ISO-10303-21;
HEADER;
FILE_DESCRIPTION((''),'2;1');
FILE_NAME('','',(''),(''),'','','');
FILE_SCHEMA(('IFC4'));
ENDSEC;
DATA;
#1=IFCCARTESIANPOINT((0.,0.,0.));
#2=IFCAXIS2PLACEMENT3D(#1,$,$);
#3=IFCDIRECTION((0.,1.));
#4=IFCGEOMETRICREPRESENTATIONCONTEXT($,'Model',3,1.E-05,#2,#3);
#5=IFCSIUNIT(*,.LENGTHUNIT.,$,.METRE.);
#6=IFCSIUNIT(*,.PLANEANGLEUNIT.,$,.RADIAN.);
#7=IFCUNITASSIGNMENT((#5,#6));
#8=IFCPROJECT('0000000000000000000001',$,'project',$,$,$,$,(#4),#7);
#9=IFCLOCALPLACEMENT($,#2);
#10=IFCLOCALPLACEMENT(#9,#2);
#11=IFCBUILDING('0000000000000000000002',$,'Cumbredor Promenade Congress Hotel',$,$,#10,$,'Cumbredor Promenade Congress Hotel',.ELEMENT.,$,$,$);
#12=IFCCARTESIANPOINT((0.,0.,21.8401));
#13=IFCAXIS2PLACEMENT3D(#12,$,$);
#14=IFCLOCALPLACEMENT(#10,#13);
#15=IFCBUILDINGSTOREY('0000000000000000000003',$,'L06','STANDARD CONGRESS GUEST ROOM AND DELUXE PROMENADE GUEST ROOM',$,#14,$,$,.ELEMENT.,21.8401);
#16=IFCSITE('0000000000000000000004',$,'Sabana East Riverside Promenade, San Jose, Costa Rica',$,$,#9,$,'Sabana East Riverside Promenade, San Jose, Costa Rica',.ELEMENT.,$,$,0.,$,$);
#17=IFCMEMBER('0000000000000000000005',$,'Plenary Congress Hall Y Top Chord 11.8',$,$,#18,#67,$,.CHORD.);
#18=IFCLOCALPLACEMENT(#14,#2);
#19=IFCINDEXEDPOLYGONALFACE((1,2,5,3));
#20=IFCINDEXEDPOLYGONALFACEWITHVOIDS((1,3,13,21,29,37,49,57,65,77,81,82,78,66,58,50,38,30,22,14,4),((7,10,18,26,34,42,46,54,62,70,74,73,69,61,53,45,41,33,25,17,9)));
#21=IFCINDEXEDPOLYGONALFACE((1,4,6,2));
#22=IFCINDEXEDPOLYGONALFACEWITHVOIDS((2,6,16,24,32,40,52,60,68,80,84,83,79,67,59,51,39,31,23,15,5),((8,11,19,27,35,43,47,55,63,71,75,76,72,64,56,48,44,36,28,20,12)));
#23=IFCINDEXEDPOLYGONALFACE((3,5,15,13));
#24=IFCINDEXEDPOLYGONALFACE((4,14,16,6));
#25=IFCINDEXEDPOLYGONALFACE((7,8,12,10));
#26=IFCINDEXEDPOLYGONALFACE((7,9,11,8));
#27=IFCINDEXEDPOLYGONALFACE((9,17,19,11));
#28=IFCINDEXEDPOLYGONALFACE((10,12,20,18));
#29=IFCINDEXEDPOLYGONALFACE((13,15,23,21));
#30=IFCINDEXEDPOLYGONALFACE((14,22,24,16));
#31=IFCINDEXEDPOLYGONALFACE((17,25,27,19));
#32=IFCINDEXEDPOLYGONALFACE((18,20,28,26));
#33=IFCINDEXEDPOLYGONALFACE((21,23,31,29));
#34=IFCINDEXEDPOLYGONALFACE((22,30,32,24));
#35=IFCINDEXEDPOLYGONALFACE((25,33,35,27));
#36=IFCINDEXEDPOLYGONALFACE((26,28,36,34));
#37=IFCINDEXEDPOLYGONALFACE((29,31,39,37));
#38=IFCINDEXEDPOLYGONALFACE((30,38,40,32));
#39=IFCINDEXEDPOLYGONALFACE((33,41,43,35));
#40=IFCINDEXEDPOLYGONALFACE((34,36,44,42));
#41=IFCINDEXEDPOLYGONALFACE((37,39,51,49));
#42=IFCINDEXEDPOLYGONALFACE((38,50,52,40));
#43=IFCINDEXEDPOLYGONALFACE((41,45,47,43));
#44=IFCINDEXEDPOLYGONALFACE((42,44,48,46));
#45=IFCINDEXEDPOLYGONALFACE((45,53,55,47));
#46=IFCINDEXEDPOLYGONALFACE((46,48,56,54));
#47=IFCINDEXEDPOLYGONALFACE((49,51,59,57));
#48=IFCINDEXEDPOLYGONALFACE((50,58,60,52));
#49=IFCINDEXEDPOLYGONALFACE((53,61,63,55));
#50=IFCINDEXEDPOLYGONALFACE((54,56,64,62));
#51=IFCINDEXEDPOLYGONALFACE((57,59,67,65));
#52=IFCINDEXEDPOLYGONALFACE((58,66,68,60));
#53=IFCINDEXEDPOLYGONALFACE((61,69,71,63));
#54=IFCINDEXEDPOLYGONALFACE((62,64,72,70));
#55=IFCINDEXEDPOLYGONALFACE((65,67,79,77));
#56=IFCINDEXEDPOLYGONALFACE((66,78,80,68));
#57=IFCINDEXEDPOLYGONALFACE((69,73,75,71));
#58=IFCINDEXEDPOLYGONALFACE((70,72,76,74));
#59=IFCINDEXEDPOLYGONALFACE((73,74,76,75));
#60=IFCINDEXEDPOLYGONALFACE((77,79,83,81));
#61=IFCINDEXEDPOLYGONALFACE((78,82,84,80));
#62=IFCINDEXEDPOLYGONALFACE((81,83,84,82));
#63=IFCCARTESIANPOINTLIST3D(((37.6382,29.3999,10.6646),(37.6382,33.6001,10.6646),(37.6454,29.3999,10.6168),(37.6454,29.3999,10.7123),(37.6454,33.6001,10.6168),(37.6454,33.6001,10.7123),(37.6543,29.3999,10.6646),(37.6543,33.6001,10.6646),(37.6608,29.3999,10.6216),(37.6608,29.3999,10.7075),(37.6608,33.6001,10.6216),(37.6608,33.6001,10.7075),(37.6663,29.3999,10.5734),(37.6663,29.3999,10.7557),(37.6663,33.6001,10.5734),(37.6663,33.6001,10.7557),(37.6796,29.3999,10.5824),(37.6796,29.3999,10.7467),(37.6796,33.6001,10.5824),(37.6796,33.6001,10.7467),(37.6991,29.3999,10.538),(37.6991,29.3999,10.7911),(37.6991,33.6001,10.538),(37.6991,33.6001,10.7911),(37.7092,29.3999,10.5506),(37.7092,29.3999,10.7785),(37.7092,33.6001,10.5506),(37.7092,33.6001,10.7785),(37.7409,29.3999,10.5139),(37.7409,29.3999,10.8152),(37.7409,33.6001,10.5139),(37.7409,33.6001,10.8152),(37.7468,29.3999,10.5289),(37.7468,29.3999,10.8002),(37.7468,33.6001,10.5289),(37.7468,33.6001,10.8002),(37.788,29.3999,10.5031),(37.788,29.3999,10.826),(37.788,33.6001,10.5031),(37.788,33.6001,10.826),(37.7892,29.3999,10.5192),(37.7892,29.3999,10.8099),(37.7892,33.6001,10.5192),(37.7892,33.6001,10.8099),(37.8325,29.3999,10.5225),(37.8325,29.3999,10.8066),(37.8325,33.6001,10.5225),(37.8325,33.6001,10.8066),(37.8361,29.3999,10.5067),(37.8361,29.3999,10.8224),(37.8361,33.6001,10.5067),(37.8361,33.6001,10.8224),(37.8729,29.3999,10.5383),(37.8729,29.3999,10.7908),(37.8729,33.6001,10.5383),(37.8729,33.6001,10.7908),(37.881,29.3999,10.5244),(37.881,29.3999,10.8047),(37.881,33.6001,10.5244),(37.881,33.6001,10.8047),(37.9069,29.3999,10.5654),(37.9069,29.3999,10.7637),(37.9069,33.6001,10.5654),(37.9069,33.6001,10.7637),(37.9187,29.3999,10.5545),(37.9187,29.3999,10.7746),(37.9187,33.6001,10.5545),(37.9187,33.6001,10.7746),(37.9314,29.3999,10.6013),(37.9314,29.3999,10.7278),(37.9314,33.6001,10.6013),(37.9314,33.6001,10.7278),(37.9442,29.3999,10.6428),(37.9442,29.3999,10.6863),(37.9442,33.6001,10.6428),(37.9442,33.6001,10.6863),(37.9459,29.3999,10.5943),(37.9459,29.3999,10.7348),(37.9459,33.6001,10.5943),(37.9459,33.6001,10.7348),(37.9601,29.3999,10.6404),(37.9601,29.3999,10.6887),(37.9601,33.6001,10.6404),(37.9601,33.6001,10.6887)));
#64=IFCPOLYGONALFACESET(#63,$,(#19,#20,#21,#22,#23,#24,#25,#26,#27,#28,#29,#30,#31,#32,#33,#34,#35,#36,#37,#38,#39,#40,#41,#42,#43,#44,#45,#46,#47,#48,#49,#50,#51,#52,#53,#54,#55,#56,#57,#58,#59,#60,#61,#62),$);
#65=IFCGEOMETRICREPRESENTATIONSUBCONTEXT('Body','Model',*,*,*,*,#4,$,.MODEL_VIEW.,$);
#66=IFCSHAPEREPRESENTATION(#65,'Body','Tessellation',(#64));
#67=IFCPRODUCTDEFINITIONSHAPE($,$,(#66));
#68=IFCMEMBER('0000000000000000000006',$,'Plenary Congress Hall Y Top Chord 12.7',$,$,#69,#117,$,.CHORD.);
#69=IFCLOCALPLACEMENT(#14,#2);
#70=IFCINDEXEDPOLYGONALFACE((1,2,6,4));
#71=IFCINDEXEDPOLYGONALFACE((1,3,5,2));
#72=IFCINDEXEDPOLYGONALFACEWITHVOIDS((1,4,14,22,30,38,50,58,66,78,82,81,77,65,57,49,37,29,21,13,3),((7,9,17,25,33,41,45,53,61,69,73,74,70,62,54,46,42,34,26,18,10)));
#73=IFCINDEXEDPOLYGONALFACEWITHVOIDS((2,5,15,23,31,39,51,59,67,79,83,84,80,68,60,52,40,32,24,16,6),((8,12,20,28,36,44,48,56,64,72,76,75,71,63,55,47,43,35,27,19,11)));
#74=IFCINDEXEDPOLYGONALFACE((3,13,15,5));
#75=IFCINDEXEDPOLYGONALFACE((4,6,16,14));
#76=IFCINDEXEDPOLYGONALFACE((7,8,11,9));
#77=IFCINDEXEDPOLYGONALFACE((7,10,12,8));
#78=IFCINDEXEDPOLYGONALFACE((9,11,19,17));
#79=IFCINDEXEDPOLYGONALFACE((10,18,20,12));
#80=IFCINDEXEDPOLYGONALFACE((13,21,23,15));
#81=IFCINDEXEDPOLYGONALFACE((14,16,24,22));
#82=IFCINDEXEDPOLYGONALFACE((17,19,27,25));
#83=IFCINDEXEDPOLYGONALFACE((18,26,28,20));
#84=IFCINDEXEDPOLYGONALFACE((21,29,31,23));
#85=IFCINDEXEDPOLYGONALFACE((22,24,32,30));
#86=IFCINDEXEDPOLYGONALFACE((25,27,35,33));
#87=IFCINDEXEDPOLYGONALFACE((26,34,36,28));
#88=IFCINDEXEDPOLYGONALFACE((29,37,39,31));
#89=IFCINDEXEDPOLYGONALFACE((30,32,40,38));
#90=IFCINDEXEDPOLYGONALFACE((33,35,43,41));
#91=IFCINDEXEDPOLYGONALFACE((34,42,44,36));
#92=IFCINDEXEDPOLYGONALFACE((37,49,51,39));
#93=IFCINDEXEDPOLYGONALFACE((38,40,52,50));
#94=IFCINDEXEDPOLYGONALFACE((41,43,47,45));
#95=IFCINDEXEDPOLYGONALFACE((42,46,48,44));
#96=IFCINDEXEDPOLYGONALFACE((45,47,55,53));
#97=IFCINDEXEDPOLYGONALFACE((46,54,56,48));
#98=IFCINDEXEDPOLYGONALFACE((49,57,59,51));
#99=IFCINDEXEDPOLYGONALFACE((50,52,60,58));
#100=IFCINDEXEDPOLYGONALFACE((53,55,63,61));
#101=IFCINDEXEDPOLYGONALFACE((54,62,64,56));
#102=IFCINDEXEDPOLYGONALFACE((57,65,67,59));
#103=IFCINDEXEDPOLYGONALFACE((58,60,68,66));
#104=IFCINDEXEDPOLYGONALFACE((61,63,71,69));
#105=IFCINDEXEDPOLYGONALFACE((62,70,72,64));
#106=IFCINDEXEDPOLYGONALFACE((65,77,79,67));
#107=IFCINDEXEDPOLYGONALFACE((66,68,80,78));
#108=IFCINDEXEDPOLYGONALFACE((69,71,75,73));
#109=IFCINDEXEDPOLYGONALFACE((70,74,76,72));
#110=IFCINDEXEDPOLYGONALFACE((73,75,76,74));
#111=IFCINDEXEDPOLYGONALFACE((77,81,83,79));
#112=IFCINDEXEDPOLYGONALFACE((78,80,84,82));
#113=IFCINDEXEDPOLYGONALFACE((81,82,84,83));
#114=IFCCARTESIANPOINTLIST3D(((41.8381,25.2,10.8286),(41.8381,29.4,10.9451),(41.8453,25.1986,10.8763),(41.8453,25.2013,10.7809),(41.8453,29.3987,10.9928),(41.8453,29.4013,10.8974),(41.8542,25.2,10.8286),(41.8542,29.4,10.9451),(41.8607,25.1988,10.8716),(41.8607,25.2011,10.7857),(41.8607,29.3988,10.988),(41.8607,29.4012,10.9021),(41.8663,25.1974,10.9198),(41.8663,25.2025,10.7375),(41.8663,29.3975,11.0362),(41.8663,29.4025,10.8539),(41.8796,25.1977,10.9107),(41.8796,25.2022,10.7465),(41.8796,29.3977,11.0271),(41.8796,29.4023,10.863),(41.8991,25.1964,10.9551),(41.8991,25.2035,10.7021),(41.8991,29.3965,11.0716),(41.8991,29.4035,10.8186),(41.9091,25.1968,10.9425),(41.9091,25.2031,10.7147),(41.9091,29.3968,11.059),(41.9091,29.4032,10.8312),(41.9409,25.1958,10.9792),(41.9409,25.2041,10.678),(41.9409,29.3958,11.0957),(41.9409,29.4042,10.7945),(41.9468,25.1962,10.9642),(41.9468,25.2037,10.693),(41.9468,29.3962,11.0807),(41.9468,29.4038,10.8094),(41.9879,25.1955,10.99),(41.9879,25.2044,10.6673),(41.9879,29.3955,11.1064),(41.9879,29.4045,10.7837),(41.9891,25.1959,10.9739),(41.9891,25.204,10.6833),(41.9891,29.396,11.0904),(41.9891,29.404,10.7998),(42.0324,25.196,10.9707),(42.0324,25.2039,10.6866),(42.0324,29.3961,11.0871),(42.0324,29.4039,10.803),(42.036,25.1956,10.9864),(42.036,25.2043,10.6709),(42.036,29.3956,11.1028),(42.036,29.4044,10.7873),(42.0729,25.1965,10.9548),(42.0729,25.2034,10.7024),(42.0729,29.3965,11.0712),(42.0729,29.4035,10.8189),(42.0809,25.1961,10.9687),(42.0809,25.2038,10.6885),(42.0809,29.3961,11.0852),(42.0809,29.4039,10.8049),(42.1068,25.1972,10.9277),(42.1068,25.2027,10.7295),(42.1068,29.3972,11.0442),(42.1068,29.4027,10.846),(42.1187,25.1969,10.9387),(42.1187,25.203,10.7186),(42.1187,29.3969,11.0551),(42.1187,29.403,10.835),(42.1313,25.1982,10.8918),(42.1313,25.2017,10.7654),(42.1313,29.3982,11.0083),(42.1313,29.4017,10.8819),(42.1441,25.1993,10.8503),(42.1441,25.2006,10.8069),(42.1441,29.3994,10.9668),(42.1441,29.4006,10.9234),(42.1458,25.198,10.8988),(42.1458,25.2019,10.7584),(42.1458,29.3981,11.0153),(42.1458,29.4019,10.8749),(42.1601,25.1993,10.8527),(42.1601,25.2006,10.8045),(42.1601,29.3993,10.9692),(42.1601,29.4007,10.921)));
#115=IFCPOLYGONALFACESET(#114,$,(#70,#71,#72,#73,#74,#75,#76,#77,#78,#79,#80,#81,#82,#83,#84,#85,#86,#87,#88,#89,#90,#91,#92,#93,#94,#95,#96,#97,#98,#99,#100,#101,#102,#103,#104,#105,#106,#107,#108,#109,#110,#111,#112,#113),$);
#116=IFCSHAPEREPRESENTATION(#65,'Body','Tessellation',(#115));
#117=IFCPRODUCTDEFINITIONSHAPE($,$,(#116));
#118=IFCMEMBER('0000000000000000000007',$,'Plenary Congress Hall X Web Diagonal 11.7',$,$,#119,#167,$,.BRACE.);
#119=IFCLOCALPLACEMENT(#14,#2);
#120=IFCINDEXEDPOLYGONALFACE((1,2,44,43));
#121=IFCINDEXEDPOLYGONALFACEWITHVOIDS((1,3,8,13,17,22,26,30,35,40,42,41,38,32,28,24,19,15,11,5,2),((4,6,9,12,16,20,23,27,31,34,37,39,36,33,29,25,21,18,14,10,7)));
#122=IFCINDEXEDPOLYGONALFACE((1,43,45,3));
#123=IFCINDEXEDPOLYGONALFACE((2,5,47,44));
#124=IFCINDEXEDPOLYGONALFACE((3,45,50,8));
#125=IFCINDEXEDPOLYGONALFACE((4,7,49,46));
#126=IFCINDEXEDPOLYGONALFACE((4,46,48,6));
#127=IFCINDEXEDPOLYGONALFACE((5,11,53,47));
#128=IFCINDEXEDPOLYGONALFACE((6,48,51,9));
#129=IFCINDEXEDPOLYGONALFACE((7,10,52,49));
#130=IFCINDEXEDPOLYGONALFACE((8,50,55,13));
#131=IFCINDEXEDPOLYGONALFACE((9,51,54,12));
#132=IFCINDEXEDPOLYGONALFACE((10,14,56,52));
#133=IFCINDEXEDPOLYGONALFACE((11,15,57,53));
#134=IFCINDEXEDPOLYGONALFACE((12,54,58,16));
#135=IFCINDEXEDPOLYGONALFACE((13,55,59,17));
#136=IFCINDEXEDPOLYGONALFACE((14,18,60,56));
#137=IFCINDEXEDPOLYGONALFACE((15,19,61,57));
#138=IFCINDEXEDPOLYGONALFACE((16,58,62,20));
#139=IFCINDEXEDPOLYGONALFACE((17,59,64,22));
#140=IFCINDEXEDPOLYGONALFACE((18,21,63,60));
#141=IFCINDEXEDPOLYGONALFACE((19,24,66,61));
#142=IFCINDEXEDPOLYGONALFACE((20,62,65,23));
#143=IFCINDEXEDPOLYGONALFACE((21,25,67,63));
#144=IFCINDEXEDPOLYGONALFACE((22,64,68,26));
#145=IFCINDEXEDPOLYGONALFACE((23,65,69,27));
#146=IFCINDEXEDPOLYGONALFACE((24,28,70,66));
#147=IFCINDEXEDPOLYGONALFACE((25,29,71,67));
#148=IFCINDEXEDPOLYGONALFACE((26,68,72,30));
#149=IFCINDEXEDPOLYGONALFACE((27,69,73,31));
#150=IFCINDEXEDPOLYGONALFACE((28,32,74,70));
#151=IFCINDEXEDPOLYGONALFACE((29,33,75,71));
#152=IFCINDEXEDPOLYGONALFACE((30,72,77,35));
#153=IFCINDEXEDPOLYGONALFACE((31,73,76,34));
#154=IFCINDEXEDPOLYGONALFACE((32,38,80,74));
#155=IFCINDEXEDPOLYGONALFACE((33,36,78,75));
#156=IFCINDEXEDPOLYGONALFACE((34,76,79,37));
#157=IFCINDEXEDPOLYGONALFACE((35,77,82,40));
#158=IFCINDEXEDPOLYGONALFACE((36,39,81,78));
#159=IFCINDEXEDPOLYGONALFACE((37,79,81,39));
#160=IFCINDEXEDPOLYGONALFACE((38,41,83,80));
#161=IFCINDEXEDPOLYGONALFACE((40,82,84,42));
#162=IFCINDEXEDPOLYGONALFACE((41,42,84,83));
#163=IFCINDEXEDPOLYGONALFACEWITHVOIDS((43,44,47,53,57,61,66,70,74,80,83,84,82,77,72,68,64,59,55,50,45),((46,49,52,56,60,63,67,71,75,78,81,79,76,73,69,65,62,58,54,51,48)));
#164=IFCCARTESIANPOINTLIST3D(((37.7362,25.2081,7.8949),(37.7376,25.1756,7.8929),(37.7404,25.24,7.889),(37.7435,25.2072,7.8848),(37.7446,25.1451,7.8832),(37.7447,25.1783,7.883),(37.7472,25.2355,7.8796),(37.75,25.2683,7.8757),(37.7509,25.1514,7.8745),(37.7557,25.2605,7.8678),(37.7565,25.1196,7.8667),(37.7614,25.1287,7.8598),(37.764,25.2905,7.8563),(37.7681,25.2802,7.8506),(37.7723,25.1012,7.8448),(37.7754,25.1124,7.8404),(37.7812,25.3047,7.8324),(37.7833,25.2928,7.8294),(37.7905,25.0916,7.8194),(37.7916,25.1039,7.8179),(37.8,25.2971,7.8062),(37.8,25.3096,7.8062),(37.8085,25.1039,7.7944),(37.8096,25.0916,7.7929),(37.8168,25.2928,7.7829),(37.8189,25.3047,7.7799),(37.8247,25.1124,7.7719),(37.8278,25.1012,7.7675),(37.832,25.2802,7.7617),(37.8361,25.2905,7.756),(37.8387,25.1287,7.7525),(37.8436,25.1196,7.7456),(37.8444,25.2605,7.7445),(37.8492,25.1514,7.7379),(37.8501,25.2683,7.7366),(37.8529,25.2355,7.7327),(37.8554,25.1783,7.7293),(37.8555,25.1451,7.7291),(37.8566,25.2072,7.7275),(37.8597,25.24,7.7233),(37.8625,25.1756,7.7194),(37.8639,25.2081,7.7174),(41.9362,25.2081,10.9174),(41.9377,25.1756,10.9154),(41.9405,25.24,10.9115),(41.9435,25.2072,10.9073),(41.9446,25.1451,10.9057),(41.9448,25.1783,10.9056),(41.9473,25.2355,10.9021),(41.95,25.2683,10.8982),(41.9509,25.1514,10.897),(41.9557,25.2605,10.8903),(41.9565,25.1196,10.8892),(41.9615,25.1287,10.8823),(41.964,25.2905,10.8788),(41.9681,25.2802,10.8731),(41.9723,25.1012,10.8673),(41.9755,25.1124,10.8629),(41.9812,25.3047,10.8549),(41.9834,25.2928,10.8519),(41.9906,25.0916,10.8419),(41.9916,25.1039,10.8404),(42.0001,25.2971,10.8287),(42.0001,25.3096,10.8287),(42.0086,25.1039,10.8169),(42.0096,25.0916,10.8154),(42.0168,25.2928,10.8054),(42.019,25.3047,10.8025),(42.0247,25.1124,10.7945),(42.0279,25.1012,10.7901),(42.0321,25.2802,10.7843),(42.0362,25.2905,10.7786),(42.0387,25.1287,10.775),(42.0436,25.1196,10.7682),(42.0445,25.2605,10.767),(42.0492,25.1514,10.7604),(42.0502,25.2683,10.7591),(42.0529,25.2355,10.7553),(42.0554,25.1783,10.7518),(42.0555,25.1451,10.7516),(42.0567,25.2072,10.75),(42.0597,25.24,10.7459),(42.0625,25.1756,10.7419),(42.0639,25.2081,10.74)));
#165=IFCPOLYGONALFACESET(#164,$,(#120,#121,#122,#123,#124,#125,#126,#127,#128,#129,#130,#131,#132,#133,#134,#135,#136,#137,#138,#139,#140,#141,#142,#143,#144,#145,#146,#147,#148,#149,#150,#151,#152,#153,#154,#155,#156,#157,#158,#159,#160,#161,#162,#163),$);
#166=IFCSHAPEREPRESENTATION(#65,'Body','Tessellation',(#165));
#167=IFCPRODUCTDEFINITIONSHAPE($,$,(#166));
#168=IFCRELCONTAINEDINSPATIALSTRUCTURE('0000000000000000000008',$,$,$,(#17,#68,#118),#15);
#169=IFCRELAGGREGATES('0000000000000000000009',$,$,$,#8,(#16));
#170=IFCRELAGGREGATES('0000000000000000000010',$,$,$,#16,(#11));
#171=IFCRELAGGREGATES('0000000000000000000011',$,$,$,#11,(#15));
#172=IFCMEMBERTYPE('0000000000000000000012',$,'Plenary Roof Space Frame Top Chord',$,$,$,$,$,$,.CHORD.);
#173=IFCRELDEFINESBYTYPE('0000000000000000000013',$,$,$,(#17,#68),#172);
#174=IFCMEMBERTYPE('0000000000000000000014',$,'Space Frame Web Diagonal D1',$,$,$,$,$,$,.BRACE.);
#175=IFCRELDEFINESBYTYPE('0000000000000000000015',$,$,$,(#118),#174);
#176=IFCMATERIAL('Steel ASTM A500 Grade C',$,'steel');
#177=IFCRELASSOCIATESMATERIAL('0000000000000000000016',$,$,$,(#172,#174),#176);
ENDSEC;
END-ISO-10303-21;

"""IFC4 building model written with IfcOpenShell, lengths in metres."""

from ifc_helpers import new_model, si_unit, direction, frame, origin, origin_2d, place, context, subcontext, project, spatial, hollow_circle, extrude, material, material_profile, profile_set, type_object, element, save


model = new_model("IFC4")

# Units and contexts
model_context = context("Model", 3, precision=1e-05, world=origin(), true_north=direction((0.0, 1.0)))
body_context = subcontext(model_context, "Body", "Model", "MODEL_VIEW")
ifc_project = project(units=[si_unit("LENGTHUNIT", "METRE"), si_unit("PLANEANGLEUNIT", "RADIAN")], contexts=[model_context])

# Site, building, storey
site_placement = place(None, origin())
site = spatial("IfcSite", under=ifc_project, at=site_placement, Name="Sabana East Riverside Promenade, San Jose, Costa Rica", LongName="Sabana East Riverside Promenade, San Jose, Costa Rica", CompositionType="ELEMENT", RefElevation=0.0)
building_placement = place(site_placement, origin())
building = spatial("IfcBuilding", under=site, at=building_placement, Name="Cumbredor Promenade Congress Hotel", LongName="Cumbredor Promenade Congress Hotel", CompositionType="ELEMENT")
storey_placement = place(building_placement, frame((0.0, 0.0, 21.8401)))
storey = spatial("IfcBuildingStorey", under=building, at=storey_placement, Name="L06", Description="STANDARD CONGRESS GUEST ROOM AND DELUXE PROMENADE GUEST ROOM", CompositionType="ELEMENT", Elevation=21.8401)

# Members
ifc_material_1 = material(Name="Steel ASTM A500 Grade C", Category="steel")
ifc_material_profile_1 = material_profile(ifc_material_1, hollow_circle(Radius=0.1619, WallThickness=0.0161, at=origin_2d()), Name="CHS 323.9x16")
ifc_profile_set_1 = profile_set([ifc_material_profile_1], Name="Steel ASTM A500 Grade C")
member_type_1 = type_object("IfcMemberType", Name="Plenary Roof Space Frame Top Chord", PredefinedType="CHORD", material=ifc_profile_set_1)
member_1_placement = place(storey_placement, frame((37.8, 29.3999, 10.6646), z_axis=(0.0, 1.0, 0.0), x_axis=(-1.0, 0.0, 0.0)))
element("IfcMember", 1, at=member_1_placement, inside=storey, type_object=member_type_1, Name="Plenary Congress Hall Y Top Chord 11.8", PredefinedType="CHORD", context=body_context, shape_type="SweptSolid", body=[
    extrude(hollow_circle(Radius=0.1619, WallThickness=0.0161, at=origin_2d()), origin(), (0.0, 0.0, 1.0), 4.2002),
])
member_2_placement = place(storey_placement, frame((42.0, 25.2, 10.8286), z_axis=(0.0, 0.999616, 0.027717), x_axis=(-1.0, 0.0, 0.0)))
element("IfcMember", 2, at=member_2_placement, inside=storey, type_object=member_type_1, Name="Plenary Congress Hall Y Top Chord 12.7", PredefinedType="CHORD", context=body_context, shape_type="SweptSolid", body=[
    extrude(hollow_circle(Radius=0.1619, WallThickness=0.0161, at=origin_2d()), origin(), (0.0, 0.0, 1.0), 4.2017),
])
ifc_material_profile_2 = material_profile(ifc_material_1, hollow_circle(Radius=0.1096, WallThickness=0.0125, at=origin_2d()), Name="CHS 219.1x12.5")
ifc_profile_set_2 = profile_set([ifc_material_profile_2], Name="Steel ASTM A500 Grade C")
member_type_2 = type_object("IfcMemberType", Name="Space Frame Web Diagonal D1", PredefinedType="BRACE", material=ifc_profile_set_2)
member_3_placement = place(storey_placement, frame((37.8, 25.2, 7.8062), z_axis=(0.811672, 0.0, 0.584113), x_axis=(0.0, 1.0, 0.0)))
element("IfcMember", 3, at=member_3_placement, inside=storey, type_object=member_type_2, Name="Plenary Congress Hall X Web Diagonal 11.7", PredefinedType="BRACE", context=body_context, shape_type="SweptSolid", body=[
    extrude(hollow_circle(Radius=0.1096, WallThickness=0.0125, at=origin_2d()), origin(), (0.0, 0.0, 1.0), 5.1746),
])

save(model, "model.ifc")
